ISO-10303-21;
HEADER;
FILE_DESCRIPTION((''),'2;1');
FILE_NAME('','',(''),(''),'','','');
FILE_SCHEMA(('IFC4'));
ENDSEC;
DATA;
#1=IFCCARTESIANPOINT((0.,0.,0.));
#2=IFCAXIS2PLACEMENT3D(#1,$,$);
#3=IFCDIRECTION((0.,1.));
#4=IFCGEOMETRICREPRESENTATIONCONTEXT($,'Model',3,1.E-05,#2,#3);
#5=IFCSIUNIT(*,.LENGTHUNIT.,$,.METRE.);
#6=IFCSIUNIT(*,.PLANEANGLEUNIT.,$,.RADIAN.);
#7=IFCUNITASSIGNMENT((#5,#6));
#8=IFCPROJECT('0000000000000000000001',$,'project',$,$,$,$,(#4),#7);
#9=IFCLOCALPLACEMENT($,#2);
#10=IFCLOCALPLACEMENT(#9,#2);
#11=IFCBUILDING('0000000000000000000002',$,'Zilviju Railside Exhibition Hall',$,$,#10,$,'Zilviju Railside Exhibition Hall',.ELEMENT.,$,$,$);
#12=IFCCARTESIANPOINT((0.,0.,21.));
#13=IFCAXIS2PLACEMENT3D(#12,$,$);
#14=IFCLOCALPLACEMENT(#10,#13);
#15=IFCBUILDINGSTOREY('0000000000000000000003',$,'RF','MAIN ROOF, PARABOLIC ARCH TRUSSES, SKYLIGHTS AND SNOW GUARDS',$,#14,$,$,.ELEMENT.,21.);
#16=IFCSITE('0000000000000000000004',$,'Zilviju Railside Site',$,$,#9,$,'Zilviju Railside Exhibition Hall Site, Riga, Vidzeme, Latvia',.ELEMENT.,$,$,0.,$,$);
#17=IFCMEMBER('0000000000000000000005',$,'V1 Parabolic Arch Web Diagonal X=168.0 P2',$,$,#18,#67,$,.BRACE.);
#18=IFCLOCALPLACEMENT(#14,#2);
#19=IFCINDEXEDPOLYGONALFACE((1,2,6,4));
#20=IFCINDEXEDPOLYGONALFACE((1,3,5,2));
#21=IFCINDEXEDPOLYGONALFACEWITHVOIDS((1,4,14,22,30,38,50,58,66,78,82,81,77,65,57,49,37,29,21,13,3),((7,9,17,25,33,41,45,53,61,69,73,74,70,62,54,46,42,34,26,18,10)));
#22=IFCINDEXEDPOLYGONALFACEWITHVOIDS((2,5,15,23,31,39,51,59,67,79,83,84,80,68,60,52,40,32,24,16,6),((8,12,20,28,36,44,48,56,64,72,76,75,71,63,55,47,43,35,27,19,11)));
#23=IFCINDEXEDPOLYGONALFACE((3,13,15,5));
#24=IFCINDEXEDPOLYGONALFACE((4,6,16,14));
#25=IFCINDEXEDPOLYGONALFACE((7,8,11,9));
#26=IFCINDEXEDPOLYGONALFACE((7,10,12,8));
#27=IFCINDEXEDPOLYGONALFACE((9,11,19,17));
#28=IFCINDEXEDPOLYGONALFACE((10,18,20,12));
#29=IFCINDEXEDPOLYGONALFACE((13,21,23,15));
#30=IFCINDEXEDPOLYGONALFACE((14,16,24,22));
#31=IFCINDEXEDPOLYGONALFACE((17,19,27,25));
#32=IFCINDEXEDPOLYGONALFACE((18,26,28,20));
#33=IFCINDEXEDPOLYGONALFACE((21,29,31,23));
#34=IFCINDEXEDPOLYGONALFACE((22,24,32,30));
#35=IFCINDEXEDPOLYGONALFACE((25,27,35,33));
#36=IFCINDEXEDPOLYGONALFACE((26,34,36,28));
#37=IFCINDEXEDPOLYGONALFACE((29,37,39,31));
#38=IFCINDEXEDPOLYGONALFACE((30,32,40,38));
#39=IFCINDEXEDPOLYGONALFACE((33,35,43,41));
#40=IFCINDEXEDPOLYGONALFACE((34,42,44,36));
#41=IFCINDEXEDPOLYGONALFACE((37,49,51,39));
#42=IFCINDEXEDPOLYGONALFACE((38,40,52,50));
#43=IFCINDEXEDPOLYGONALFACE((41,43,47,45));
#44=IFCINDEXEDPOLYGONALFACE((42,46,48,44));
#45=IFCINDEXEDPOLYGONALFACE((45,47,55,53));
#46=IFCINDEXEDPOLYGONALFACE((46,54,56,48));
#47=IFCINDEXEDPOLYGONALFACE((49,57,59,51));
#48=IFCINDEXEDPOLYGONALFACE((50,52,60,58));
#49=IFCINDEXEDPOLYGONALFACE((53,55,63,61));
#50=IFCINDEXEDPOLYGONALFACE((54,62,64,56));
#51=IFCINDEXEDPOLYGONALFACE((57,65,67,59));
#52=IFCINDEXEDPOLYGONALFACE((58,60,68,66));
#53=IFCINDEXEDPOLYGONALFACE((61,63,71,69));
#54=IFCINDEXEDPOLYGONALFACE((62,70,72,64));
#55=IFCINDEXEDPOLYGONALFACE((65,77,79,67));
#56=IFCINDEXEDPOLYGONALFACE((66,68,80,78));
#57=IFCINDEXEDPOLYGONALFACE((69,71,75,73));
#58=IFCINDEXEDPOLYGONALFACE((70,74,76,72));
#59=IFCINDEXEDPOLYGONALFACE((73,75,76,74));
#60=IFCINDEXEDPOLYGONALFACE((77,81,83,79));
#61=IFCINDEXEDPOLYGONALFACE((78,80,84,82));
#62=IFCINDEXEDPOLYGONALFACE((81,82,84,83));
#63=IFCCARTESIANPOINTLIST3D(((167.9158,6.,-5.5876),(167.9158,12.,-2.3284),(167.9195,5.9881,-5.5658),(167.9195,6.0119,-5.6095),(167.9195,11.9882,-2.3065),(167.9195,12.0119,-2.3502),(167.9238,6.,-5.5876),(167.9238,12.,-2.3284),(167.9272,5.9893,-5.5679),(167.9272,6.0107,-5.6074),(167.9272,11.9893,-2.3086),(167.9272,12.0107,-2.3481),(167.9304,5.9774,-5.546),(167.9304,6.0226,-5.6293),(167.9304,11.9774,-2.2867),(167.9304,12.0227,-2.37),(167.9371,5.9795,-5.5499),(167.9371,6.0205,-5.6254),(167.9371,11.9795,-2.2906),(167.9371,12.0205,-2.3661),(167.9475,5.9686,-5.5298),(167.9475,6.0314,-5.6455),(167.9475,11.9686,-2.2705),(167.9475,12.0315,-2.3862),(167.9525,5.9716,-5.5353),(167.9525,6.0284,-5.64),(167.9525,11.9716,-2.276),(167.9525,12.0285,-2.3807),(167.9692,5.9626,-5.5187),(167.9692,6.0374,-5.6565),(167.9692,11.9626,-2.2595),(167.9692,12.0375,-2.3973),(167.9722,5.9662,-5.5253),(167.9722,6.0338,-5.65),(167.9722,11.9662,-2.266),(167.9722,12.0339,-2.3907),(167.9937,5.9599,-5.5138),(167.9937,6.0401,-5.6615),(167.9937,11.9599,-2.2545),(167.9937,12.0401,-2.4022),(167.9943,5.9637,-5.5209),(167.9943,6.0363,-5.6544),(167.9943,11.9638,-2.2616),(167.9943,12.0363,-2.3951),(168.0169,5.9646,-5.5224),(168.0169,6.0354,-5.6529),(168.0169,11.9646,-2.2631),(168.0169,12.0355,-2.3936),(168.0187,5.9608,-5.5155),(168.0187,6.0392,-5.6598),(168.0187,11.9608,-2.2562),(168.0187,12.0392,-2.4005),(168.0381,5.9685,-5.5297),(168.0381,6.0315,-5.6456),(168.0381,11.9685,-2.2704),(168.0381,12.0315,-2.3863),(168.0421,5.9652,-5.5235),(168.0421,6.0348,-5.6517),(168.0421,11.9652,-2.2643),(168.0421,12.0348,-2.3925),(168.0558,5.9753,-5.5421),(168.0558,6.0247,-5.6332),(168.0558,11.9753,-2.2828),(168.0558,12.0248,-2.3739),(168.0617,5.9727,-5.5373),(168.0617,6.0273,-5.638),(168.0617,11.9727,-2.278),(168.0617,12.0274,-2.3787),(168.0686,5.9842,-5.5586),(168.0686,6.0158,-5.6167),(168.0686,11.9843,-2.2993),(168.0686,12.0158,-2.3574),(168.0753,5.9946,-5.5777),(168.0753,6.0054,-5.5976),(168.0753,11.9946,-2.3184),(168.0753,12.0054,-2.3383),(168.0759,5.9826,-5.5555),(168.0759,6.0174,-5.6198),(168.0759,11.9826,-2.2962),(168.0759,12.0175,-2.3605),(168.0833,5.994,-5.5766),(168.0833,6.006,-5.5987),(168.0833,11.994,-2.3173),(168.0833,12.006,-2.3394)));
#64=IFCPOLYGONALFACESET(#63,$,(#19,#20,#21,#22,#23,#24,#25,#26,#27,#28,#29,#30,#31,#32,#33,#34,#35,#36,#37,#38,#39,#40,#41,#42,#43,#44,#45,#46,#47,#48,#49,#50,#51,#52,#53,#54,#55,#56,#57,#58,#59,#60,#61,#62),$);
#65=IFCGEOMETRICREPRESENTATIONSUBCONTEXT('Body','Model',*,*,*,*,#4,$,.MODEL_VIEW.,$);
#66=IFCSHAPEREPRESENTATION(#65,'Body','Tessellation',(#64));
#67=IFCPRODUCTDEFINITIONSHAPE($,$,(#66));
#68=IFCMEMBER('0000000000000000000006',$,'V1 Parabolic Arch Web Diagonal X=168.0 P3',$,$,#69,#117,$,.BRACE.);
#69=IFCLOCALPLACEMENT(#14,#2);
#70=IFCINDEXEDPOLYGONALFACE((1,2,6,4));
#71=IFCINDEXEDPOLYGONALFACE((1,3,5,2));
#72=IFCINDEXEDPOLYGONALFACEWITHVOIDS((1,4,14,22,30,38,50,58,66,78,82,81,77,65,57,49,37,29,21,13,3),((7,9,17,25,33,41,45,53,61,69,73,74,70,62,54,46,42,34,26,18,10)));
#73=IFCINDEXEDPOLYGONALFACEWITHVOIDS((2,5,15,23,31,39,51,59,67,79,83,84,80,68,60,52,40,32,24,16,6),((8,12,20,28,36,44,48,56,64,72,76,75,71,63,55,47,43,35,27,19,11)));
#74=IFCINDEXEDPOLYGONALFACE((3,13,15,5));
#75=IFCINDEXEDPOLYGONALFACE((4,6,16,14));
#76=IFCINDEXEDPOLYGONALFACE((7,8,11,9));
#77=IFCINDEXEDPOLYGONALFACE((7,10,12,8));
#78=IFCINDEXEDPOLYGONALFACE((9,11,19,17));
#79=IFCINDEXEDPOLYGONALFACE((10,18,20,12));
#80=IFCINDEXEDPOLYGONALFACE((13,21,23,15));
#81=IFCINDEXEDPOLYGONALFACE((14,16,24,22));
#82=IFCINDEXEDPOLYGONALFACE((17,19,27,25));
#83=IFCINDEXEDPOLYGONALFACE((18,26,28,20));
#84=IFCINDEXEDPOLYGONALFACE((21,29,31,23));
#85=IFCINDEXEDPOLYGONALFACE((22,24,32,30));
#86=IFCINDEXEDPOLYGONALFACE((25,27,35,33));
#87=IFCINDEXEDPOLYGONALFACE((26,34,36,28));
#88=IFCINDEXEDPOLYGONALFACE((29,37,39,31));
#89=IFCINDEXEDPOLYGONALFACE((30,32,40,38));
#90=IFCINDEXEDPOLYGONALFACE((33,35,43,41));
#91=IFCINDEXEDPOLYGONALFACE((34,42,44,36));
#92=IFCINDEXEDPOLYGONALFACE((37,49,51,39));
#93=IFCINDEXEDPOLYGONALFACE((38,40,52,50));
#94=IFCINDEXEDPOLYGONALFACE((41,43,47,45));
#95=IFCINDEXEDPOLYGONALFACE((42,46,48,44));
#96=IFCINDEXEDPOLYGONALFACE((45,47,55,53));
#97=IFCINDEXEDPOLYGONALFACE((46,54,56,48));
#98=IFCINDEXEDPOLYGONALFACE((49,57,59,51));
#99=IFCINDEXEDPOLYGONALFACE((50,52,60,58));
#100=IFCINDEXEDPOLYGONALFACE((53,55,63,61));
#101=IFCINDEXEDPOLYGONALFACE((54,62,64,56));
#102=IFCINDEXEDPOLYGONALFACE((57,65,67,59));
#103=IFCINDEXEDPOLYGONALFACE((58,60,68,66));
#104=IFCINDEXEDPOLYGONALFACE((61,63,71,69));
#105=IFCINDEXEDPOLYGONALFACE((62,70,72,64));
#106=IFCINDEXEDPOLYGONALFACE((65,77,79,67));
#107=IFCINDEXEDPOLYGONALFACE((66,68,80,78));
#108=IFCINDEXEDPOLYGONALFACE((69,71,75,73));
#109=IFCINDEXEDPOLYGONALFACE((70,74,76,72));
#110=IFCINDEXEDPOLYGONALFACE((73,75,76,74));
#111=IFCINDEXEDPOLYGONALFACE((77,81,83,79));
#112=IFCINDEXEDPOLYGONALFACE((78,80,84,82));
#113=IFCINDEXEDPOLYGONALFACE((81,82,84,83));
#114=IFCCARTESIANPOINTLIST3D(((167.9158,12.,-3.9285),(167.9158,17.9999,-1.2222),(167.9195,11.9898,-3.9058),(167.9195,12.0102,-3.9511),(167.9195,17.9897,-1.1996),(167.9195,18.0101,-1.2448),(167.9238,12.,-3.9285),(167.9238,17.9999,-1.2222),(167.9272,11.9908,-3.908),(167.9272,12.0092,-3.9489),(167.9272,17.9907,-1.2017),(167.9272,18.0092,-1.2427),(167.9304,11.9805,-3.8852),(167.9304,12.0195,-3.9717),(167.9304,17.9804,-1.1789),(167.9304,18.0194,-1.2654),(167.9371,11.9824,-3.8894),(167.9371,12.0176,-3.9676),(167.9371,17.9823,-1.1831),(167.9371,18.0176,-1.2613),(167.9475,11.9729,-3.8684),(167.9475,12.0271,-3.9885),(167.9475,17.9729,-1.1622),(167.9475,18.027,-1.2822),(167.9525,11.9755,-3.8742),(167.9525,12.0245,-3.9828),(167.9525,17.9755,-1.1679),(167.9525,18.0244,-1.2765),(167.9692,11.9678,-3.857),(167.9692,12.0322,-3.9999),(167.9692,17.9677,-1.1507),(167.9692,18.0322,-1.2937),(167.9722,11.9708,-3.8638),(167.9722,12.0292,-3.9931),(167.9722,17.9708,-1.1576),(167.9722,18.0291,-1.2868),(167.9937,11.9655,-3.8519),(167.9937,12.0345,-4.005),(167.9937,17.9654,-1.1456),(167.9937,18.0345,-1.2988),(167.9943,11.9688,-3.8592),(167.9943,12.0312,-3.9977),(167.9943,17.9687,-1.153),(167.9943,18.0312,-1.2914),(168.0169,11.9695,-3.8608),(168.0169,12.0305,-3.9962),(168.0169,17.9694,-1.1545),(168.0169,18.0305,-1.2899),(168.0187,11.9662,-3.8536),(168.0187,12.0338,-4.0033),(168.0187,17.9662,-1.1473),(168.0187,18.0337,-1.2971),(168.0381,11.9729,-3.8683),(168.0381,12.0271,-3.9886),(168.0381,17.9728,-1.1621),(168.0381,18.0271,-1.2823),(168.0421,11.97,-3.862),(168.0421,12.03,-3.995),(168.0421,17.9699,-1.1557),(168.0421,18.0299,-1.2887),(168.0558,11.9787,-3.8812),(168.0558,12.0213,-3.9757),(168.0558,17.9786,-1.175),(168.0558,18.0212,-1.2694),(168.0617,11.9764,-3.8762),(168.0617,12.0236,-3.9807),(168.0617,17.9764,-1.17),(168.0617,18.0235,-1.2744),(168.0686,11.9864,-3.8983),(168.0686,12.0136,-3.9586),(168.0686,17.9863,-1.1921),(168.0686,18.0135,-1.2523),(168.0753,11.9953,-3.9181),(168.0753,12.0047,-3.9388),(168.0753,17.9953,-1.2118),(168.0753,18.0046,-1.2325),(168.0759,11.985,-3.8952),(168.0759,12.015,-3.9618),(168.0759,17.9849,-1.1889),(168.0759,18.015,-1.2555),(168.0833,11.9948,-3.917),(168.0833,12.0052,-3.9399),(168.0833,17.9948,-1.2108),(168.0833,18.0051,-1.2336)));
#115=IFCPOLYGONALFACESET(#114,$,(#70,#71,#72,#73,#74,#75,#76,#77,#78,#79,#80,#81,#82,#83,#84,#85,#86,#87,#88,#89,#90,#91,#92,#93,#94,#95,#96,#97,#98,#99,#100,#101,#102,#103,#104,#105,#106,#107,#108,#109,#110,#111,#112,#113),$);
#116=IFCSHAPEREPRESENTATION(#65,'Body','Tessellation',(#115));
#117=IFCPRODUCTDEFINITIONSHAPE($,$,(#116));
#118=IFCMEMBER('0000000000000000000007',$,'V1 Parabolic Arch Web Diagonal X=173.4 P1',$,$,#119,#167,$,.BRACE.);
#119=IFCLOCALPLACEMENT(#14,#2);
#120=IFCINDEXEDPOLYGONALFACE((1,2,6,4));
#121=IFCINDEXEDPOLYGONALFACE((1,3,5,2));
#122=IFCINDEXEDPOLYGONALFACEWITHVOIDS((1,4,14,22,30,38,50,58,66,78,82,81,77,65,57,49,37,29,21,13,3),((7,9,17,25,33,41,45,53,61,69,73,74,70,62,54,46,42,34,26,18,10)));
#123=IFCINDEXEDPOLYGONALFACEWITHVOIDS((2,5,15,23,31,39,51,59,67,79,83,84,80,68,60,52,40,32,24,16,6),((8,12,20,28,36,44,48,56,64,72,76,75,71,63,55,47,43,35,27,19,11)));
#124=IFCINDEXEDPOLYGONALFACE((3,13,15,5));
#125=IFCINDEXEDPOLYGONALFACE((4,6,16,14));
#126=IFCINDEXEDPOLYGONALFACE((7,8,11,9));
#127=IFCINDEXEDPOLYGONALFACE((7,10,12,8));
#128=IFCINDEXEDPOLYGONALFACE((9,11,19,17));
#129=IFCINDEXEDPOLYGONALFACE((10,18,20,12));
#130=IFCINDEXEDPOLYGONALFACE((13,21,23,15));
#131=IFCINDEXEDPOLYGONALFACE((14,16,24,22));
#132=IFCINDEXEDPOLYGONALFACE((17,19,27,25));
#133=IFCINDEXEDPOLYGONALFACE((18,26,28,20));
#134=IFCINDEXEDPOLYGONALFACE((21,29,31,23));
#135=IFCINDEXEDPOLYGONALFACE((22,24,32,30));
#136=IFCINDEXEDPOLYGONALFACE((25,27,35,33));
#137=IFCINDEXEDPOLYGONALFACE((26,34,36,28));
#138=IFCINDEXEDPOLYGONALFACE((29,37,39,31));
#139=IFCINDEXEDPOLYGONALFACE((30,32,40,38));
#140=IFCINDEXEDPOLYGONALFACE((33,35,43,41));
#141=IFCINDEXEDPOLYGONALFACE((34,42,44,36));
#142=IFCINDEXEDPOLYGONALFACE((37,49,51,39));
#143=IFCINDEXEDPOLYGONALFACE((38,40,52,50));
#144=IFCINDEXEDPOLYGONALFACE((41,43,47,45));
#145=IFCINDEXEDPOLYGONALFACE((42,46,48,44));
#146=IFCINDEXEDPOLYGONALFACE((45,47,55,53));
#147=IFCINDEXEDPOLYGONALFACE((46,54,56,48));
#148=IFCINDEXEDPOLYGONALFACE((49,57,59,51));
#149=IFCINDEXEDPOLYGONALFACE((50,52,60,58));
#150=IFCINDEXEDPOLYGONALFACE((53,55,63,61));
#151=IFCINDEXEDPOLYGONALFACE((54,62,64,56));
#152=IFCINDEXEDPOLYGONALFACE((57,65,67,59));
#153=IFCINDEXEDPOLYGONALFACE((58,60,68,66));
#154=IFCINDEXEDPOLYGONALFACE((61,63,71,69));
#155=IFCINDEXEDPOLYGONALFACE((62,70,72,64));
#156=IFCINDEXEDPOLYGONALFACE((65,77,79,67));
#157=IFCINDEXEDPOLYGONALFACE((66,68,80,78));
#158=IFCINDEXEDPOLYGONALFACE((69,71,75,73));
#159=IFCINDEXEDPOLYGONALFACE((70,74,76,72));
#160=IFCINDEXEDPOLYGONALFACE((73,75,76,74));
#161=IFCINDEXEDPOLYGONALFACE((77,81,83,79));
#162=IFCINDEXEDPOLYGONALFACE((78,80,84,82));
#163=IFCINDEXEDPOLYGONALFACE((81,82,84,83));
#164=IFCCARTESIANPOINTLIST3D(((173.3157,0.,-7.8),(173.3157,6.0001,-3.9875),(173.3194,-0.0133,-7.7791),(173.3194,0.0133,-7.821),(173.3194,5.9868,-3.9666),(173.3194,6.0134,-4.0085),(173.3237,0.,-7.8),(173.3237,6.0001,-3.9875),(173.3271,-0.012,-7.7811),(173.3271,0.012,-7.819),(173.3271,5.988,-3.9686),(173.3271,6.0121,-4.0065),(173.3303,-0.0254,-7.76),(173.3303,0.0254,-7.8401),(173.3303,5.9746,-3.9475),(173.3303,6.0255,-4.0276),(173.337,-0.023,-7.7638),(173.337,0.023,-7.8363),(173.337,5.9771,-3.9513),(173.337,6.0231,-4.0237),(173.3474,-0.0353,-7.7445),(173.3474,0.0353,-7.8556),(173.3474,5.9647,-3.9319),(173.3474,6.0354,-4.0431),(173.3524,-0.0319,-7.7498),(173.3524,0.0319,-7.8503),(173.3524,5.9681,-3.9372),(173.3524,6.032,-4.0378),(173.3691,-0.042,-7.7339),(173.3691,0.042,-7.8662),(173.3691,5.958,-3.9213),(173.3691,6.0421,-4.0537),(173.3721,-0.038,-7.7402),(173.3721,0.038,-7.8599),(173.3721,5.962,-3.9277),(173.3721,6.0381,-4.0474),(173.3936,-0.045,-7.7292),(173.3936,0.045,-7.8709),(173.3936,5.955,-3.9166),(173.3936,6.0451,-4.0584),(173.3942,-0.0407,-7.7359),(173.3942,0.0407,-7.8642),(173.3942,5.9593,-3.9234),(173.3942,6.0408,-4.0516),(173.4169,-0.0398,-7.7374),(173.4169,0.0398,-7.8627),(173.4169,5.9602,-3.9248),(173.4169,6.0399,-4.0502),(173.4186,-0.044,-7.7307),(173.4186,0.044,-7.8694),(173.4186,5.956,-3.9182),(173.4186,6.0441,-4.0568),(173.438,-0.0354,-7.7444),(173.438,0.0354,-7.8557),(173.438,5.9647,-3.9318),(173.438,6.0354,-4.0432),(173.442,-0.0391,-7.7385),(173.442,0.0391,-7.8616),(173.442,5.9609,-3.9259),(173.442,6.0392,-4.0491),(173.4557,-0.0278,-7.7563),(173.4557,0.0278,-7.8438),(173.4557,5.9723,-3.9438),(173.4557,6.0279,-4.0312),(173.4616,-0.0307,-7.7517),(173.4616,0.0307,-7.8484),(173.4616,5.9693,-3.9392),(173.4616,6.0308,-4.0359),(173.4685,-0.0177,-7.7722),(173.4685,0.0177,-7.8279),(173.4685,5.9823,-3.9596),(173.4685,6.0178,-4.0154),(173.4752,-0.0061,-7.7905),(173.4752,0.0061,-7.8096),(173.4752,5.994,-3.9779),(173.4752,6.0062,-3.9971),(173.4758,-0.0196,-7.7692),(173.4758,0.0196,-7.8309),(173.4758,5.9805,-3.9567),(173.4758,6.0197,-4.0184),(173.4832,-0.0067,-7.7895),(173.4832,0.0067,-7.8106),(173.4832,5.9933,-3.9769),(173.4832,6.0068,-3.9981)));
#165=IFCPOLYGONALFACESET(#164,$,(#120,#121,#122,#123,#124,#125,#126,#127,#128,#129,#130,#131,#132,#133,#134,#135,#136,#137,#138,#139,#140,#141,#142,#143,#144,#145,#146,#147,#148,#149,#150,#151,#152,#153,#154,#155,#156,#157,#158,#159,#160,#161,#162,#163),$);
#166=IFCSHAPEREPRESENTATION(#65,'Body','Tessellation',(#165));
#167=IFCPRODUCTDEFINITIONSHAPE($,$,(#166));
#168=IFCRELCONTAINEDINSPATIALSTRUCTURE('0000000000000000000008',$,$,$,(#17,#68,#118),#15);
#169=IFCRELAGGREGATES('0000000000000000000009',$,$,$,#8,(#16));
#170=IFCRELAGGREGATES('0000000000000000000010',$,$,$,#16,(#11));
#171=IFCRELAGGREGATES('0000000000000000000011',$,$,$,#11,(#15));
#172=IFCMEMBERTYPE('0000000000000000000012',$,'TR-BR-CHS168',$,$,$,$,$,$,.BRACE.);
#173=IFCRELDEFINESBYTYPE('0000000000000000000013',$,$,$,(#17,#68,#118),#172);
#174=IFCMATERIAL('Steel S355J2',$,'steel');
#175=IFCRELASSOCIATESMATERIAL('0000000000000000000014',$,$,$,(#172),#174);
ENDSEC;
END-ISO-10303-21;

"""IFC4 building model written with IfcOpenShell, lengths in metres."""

from ifc_helpers import new_model, si_unit, direction, frame, origin, origin_2d, place, context, subcontext, project, spatial, hollow_circle, extrude, material, material_profile, profile_set, type_object, element, save


model = new_model("IFC4")

# Units and contexts
model_context = context("Model", 3, precision=1e-05, world=origin(), true_north=direction((0.0, 1.0)))
body_context = subcontext(model_context, "Body", "Model", "MODEL_VIEW")
ifc_project = project(units=[si_unit("LENGTHUNIT", "METRE"), si_unit("PLANEANGLEUNIT", "RADIAN")], contexts=[model_context])

# Site, building, storey
site_placement = place(None, origin())
site = spatial("IfcSite", under=ifc_project, at=site_placement, Name="Zilviju Railside Site", LongName="Zilviju Railside Exhibition Hall Site, Riga, Vidzeme, Latvia", CompositionType="ELEMENT", RefElevation=0.0)
building_placement = place(site_placement, origin())
building = spatial("IfcBuilding", under=site, at=building_placement, Name="Zilviju Railside Exhibition Hall", LongName="Zilviju Railside Exhibition Hall", CompositionType="ELEMENT")
storey_placement = place(building_placement, frame((0.0, 0.0, 21.0)))
storey = spatial("IfcBuildingStorey", under=building, at=storey_placement, Name="RF", Description="MAIN ROOF, PARABOLIC ARCH TRUSSES, SKYLIGHTS AND SNOW GUARDS", CompositionType="ELEMENT", Elevation=21.0)

# Members
ifc_material_1 = material(Name="Steel S355J2", Category="steel")
ifc_material_profile_1 = material_profile(ifc_material_1, hollow_circle(Radius=0.0842, WallThickness=0.0081, at=origin_2d()), Name="CHS 168.3x8.0")
ifc_profile_set_1 = profile_set([ifc_material_profile_1], Name="Steel S355J2")
member_type_1 = type_object("IfcMemberType", Name="TR-BR-CHS168", PredefinedType="BRACE", material=ifc_profile_set_1)
member_1_placement = place(storey_placement, frame((168.0, 6.0, -5.5876), z_axis=(0.0, 0.878722, 0.477333), x_axis=(-1.0, 0.0, 0.0)))
element("IfcMember", 1, at=member_1_placement, inside=storey, type_object=member_type_1, Name="V1 Parabolic Arch Web Diagonal X=168.0 P2", PredefinedType="BRACE", context=body_context, shape_type="SweptSolid", body=[
    extrude(hollow_circle(Radius=0.0842, WallThickness=0.0081, at=origin_2d()), origin(), (0.0, 0.0, 1.0), 6.8281),
])
member_2_placement = place(storey_placement, frame((168.0, 12.0, -3.9285), z_axis=(0.0, 0.911563, 0.41116), x_axis=(-1.0, 0.0, 0.0)))
element("IfcMember", 2, at=member_2_placement, inside=storey, type_object=member_type_1, Name="V1 Parabolic Arch Web Diagonal X=168.0 P3", PredefinedType="BRACE", context=body_context, shape_type="SweptSolid", body=[
    extrude(hollow_circle(Radius=0.0842, WallThickness=0.0081, at=origin_2d()), origin(), (0.0, 0.0, 1.0), 6.582),
])
member_3_placement = place(storey_placement, frame((173.3999, 0.0, -7.8), z_axis=(0.0, 0.844023, 0.536306), x_axis=(-1.0, 0.0, 0.0)))
element("IfcMember", 3, at=member_3_placement, inside=storey, type_object=member_type_1, Name="V1 Parabolic Arch Web Diagonal X=173.4 P1", PredefinedType="BRACE", context=body_context, shape_type="SweptSolid", body=[
    extrude(hollow_circle(Radius=0.0842, WallThickness=0.0081, at=origin_2d()), origin(), (0.0, 0.0, 1.0), 7.1089),
])

save(model, "model.ifc")
